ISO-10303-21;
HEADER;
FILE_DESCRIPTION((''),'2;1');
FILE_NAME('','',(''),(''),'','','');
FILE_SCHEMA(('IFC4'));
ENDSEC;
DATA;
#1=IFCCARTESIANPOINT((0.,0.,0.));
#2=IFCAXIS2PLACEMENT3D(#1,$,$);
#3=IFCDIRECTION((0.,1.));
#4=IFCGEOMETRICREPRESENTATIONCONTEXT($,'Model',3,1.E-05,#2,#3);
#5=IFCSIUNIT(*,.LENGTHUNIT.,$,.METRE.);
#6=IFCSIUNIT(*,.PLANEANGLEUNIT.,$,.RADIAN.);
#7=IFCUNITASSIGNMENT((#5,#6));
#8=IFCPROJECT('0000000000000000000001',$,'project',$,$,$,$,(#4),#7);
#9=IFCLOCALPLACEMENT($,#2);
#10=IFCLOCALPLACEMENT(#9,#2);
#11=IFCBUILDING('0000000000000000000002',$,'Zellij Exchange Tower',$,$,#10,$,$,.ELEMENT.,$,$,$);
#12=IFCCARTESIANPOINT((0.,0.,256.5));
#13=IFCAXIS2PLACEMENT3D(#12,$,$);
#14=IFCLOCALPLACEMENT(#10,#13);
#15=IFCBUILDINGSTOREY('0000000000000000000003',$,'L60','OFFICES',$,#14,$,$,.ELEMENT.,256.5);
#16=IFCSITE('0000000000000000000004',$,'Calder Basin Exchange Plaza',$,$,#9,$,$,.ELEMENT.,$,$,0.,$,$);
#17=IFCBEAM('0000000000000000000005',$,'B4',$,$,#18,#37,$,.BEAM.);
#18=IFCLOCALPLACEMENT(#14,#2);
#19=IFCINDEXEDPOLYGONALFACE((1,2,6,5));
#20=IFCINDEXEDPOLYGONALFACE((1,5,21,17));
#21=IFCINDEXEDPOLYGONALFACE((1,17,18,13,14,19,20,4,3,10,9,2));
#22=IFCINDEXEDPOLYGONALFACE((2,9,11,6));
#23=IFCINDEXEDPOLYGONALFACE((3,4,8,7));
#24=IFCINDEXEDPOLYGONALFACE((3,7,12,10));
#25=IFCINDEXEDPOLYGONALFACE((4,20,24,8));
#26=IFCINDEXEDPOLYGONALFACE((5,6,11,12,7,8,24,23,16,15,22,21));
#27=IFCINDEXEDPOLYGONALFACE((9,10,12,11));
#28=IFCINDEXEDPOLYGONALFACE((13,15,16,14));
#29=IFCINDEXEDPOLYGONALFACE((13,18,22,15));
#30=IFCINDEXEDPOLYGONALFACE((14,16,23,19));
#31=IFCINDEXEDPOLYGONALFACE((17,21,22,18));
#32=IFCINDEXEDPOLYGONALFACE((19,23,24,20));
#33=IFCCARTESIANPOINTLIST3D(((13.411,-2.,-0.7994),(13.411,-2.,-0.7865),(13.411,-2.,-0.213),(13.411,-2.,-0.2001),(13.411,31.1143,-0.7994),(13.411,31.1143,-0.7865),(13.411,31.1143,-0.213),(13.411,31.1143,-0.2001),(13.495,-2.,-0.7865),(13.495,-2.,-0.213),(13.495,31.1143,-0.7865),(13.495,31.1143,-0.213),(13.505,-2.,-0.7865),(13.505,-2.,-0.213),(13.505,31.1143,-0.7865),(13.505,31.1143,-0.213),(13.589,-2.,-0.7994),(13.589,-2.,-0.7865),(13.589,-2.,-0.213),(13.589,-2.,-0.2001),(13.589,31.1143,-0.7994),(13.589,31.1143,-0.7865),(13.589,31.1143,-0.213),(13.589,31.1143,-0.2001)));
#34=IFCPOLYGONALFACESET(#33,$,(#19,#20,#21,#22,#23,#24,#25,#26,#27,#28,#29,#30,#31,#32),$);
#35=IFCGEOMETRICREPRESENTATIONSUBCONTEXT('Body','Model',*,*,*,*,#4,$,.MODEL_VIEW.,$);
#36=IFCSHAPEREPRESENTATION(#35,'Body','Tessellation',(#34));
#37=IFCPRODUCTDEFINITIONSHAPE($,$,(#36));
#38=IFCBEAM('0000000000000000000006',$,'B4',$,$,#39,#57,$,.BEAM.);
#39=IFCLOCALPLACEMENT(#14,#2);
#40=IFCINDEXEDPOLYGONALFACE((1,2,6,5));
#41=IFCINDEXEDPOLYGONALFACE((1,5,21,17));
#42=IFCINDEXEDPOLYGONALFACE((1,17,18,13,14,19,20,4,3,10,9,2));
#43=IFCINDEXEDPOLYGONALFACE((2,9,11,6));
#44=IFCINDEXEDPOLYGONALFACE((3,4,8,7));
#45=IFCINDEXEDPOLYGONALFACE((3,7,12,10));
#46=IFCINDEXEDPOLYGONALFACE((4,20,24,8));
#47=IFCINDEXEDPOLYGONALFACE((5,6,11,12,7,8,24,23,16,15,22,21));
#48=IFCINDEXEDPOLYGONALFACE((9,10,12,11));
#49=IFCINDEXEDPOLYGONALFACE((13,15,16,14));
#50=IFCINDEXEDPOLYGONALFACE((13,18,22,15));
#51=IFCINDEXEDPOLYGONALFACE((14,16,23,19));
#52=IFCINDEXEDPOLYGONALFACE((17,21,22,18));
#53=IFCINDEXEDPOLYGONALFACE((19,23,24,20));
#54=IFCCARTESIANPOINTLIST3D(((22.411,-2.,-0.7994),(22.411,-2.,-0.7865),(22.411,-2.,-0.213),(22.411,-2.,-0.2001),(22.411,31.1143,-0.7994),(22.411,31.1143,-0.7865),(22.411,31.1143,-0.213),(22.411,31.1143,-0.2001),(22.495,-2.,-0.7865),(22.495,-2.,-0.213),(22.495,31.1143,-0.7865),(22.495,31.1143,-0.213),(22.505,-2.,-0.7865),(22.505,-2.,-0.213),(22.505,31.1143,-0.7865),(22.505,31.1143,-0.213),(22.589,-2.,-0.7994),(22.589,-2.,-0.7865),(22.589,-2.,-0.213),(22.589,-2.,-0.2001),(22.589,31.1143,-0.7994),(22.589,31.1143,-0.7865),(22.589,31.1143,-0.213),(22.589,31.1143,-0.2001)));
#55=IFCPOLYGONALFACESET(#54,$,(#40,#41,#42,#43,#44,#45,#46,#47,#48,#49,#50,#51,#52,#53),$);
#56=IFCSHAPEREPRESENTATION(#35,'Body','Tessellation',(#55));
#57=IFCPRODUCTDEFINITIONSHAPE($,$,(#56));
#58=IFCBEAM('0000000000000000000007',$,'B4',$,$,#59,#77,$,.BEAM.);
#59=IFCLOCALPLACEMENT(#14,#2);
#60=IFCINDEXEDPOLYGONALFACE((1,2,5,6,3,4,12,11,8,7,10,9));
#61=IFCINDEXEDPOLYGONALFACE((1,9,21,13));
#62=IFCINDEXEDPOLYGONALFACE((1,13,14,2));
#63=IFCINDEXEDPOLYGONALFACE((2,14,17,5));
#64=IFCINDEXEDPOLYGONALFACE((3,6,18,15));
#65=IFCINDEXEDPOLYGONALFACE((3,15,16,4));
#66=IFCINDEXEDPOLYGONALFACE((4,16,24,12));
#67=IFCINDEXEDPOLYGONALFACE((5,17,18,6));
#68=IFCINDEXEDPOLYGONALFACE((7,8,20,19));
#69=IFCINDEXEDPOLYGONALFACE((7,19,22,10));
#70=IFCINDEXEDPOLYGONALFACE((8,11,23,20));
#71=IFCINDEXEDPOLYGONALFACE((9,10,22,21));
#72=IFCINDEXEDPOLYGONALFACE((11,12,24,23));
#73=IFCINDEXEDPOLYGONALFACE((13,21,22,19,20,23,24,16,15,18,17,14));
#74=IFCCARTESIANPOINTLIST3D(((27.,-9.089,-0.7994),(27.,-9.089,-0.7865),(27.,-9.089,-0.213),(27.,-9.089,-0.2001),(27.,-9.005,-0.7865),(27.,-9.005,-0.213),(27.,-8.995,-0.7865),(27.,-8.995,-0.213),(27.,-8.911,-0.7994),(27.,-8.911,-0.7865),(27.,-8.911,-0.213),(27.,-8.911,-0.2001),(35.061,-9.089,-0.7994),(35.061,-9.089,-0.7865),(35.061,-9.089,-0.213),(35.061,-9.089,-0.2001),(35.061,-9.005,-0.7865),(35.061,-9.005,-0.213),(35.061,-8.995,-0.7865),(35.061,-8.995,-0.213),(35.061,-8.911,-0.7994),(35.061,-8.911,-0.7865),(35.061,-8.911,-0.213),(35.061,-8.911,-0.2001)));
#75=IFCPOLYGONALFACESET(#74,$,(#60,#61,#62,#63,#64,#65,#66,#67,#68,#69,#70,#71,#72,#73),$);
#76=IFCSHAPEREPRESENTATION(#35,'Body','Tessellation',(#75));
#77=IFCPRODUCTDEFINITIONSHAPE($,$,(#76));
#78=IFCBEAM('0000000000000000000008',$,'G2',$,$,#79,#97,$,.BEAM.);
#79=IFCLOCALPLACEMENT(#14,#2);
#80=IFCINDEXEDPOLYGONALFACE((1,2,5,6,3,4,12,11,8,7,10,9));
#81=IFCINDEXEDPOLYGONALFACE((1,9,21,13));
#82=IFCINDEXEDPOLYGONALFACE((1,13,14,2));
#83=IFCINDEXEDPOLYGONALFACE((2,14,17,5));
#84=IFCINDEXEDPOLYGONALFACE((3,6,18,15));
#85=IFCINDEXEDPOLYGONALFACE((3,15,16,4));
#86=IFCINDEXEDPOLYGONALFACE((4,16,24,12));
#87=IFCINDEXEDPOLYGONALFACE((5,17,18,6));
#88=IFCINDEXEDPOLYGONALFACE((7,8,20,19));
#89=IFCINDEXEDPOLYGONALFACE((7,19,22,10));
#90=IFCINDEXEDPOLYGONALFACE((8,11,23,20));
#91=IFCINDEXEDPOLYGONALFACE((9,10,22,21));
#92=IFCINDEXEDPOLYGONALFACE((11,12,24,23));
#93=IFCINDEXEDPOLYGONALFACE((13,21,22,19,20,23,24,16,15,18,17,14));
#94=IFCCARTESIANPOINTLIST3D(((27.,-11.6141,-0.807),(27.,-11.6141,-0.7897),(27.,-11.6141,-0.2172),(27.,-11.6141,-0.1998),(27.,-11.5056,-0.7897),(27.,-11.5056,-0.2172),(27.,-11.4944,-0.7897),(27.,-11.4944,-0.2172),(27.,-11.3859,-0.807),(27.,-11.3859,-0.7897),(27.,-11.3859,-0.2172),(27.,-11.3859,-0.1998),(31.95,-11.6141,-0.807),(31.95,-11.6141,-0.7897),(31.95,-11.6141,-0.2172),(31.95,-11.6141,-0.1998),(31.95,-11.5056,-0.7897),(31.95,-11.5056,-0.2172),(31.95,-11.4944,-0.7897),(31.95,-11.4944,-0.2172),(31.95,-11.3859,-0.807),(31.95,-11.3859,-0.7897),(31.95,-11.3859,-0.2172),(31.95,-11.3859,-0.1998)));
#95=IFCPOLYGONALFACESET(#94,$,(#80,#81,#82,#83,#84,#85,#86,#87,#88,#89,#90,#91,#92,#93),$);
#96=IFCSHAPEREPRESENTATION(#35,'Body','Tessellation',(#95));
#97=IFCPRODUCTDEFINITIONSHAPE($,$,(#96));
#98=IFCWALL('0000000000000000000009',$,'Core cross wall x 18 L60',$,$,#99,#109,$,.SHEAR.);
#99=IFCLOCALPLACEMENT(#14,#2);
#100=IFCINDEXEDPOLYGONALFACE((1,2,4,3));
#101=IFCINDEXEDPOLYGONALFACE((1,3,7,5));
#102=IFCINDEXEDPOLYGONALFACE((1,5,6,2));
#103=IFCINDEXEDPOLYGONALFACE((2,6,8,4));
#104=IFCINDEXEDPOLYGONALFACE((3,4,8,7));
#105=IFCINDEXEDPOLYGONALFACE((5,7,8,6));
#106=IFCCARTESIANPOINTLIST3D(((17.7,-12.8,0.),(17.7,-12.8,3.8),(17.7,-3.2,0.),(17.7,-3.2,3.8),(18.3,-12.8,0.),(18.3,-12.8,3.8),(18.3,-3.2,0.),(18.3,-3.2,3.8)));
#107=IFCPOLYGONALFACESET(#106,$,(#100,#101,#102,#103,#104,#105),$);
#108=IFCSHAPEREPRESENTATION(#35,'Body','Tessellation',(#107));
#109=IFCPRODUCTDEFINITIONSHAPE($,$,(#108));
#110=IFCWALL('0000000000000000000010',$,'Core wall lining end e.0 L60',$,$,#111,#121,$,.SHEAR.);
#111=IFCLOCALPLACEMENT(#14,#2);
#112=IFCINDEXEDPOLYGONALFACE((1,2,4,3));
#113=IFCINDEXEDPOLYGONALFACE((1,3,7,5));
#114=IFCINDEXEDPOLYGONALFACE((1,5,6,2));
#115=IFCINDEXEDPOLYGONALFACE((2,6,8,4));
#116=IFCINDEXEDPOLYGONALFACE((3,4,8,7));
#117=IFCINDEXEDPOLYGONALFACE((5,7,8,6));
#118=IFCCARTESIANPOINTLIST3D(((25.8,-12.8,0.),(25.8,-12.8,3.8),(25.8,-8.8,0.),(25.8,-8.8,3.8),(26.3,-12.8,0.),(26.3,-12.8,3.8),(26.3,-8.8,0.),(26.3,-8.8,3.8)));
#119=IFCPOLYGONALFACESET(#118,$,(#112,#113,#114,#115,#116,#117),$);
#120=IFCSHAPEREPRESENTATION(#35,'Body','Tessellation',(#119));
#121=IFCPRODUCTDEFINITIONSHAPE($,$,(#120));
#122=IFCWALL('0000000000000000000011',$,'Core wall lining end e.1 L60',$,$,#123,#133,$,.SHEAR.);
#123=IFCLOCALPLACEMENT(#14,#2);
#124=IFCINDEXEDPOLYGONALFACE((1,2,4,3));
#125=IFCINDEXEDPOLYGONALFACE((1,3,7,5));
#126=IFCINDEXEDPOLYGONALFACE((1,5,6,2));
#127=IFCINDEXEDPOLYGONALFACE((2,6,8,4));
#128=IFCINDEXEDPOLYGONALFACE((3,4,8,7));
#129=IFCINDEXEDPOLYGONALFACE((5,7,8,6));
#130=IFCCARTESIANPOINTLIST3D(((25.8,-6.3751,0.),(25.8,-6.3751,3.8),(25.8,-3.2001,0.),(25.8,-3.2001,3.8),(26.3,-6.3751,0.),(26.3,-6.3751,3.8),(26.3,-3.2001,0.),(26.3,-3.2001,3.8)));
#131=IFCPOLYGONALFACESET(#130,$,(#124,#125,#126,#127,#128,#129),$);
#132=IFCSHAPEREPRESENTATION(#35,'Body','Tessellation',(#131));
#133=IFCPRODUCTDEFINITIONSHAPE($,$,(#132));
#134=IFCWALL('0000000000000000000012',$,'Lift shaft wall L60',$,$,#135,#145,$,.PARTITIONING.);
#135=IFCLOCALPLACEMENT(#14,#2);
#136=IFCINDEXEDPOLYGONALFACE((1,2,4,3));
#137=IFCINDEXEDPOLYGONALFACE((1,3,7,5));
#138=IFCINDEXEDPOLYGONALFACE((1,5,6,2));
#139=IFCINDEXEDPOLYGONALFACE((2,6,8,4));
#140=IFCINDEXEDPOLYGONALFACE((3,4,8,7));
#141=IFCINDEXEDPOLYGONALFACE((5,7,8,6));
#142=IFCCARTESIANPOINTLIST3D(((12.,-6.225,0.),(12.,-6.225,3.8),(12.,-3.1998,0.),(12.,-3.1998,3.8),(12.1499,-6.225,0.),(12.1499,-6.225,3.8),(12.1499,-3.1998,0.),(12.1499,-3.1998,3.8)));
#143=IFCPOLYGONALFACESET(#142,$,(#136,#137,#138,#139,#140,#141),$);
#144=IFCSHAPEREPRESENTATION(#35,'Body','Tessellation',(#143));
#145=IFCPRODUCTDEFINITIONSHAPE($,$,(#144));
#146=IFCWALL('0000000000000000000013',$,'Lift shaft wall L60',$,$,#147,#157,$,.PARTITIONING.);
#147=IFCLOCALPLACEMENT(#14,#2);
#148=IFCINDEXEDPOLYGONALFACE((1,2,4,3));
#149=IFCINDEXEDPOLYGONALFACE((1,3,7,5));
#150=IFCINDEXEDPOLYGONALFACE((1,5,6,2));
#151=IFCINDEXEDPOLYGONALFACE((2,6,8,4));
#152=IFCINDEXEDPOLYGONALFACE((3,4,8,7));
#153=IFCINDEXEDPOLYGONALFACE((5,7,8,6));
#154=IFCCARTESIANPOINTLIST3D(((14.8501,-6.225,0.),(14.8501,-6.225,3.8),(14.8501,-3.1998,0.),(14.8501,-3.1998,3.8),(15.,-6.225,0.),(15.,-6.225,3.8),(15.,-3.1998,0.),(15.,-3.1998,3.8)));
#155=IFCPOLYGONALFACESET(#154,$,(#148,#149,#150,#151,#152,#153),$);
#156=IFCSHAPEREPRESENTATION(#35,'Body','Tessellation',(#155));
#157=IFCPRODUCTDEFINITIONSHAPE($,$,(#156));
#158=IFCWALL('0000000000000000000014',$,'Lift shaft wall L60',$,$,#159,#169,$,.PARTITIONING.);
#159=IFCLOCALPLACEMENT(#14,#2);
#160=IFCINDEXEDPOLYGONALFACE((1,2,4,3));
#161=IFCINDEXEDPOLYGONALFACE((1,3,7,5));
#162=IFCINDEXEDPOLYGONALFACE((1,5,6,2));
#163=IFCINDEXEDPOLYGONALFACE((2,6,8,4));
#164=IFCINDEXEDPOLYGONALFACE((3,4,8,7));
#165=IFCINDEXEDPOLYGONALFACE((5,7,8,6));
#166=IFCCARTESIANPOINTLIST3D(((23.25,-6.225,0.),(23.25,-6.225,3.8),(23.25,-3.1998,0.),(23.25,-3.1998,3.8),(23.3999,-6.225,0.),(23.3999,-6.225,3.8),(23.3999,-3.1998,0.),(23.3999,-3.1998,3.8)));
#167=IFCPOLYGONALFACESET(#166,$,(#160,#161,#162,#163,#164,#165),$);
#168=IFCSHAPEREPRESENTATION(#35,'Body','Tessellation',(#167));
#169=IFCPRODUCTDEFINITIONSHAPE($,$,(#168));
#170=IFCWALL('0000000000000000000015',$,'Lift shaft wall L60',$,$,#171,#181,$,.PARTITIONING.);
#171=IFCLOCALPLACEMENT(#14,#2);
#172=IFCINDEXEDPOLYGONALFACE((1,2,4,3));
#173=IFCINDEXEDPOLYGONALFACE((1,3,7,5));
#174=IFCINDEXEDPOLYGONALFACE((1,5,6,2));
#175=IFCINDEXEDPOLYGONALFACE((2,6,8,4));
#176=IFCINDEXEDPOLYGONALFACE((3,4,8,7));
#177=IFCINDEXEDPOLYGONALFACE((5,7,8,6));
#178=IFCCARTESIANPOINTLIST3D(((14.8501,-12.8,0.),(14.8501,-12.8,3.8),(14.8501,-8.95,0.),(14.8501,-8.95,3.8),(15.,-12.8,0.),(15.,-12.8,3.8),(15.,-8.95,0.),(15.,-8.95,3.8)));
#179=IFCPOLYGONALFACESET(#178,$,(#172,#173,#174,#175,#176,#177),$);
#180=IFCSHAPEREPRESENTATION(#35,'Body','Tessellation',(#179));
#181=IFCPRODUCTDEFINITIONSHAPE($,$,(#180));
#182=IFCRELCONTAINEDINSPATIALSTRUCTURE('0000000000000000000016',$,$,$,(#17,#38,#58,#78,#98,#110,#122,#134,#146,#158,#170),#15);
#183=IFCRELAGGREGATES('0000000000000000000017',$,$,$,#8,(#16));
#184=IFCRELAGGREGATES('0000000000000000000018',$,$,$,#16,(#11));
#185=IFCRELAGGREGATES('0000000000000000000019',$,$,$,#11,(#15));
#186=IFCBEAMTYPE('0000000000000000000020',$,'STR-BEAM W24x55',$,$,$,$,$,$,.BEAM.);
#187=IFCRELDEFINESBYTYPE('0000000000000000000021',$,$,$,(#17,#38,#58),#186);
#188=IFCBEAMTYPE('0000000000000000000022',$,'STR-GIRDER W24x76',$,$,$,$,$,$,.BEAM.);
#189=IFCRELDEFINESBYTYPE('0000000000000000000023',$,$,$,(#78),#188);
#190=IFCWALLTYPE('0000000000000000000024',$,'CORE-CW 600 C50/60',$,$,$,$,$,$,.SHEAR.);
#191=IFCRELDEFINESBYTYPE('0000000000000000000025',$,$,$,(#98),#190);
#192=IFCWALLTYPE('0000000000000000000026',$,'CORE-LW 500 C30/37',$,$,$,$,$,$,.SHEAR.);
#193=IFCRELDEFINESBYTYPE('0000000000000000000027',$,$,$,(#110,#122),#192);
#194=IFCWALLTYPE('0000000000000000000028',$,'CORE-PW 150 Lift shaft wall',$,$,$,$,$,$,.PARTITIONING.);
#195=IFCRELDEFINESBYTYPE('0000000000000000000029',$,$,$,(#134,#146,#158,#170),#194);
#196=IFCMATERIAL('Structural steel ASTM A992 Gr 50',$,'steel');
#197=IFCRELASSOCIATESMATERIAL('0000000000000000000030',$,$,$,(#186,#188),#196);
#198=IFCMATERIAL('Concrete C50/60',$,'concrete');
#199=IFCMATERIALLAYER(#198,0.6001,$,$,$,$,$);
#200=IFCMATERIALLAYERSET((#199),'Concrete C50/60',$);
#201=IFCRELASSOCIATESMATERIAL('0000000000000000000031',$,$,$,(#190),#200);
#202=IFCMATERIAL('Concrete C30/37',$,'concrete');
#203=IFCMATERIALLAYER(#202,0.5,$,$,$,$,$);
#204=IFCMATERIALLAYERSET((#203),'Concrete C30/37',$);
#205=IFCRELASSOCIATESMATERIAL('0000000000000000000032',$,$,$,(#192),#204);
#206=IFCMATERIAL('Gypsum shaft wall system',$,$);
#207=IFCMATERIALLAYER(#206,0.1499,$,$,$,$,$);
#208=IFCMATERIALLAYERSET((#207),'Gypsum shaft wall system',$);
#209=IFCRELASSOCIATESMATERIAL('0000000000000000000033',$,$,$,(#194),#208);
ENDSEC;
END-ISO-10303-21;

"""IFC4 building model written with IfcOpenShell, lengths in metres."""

from ifc_helpers import new_model, si_unit, direction, frame, frame_2d, origin, origin_2d, place, context, subcontext, project, spatial, rectangle, i_section, extrude, material, layer, layer_set, material_profile, profile_set, type_object, element, save


model = new_model("IFC4")

# Units and contexts
model_context = context("Model", 3, precision=1e-05, world=origin(), true_north=direction((0.0, 1.0)))
body_context = subcontext(model_context, "Body", "Model", "MODEL_VIEW")
ifc_project = project(units=[si_unit("LENGTHUNIT", "METRE"), si_unit("PLANEANGLEUNIT", "RADIAN")], contexts=[model_context])

# Site, building, storey
site_placement = place(None, origin())
site = spatial("IfcSite", under=ifc_project, at=site_placement, Name="Calder Basin Exchange Plaza", CompositionType="ELEMENT", RefElevation=0.0)
building_placement = place(site_placement, origin())
building = spatial("IfcBuilding", under=site, at=building_placement, Name="Zellij Exchange Tower", CompositionType="ELEMENT")
storey_placement = place(building_placement, frame((0.0, 0.0, 256.5)))
storey = spatial("IfcBuildingStorey", under=building, at=storey_placement, Name="L60", Description="OFFICES", CompositionType="ELEMENT", Elevation=256.5)

# Beams
ifc_material_1 = material(Name="Structural steel ASTM A992 Gr 50", Category="steel")
ifc_material_profile_1 = material_profile(ifc_material_1, i_section(OverallWidth=0.178, OverallDepth=0.5994, WebThickness=0.01, FlangeThickness=0.0129, at=origin_2d()), Name="W24x55")
ifc_profile_set_1 = profile_set([ifc_material_profile_1], Name="Structural steel ASTM A992 Gr 50")
beam_type_1 = type_object("IfcBeamType", Name="STR-BEAM W24x55", PredefinedType="BEAM", material=ifc_profile_set_1)
for number, where, z_axis, x_axis, name in (
    (1, (13.5, -2.0, -0.4998), (0.0, 1.0, 0.0), (-1.0, 0.0, 0.0), "B4"),
    (2, (22.5, -2.0, -0.4998), (0.0, 1.0, 0.0), (-1.0, 0.0, 0.0), "B4"),
):
    element("IfcBeam", number, at=place(storey_placement, frame(where, z_axis=z_axis, x_axis=x_axis)), inside=storey, type_object=beam_type_1, Name=name, PredefinedType="BEAM", context=body_context, shape_type="SweptSolid", body=[
        extrude(i_section(OverallWidth=0.178, OverallDepth=0.5994, WebThickness=0.01, FlangeThickness=0.0129, at=origin_2d()), origin(), (0.0, 0.0, 1.0), 33.1143),
    ])
beam_1_placement = place(storey_placement, frame((27.0, -9.0, -0.4998), z_axis=(1.0, 0.0, 0.0), x_axis=(0.0, 1.0, 0.0)))
element("IfcBeam", 3, at=beam_1_placement, inside=storey, type_object=beam_type_1, Name="B4", PredefinedType="BEAM", context=body_context, shape_type="SweptSolid", body=[
    extrude(i_section(OverallWidth=0.178, OverallDepth=0.5994, WebThickness=0.01, FlangeThickness=0.0129, at=origin_2d()), origin(), (0.0, 0.0, 1.0), 8.061),
])
ifc_material_profile_2 = material_profile(ifc_material_1, i_section(OverallWidth=0.2283, OverallDepth=0.6072, WebThickness=0.0112, FlangeThickness=0.0173, at=origin_2d()), Name="W24x76")
ifc_profile_set_2 = profile_set([ifc_material_profile_2], Name="Structural steel ASTM A992 Gr 50")
beam_type_2 = type_object("IfcBeamType", Name="STR-GIRDER W24x76", PredefinedType="BEAM", material=ifc_profile_set_2)
beam_2_placement = place(storey_placement, frame((27.0, -11.5, -0.5034), z_axis=(1.0, 0.0, 0.0), x_axis=(0.0, 1.0, 0.0)))
element("IfcBeam", 4, at=beam_2_placement, inside=storey, type_object=beam_type_2, Name="G2", PredefinedType="BEAM", context=body_context, shape_type="SweptSolid", body=[
    extrude(i_section(OverallWidth=0.2283, OverallDepth=0.6072, WebThickness=0.0112, FlangeThickness=0.0173, at=origin_2d()), origin(), (0.0, 0.0, 1.0), 4.95),
])

# Walls
ifc_material_2 = material(Name="Concrete C50/60", Category="concrete")
ifc_layer_1 = layer(ifc_material_2, 0.6001)
ifc_layer_set_1 = layer_set([ifc_layer_1], Name="Concrete C50/60")
wall_type_1 = type_object("IfcWallType", Name="CORE-CW 600 C50/60", PredefinedType="SHEAR", material=ifc_layer_set_1)
wall_1_placement = place(storey_placement, frame((18.0, -12.8, 0.0), z_axis=(0.0, 0.0, 1.0), x_axis=(0.0, 1.0, 0.0)))
element("IfcWall", 5, at=wall_1_placement, inside=storey, type_object=wall_type_1, Name="Core cross wall x 18 L60", PredefinedType="SHEAR", context=body_context, shape_type="SweptSolid", body=[
    extrude(rectangle(XDim=9.6001, YDim=0.6001, at=frame_2d((4.8, 0.0))), origin(), (0.0, 0.0, 1.0), 3.8),
])
ifc_material_3 = material(Name="Concrete C30/37", Category="concrete")
ifc_layer_2 = layer(ifc_material_3, 0.5)
ifc_layer_set_2 = layer_set([ifc_layer_2], Name="Concrete C30/37")
wall_type_2 = type_object("IfcWallType", Name="CORE-LW 500 C30/37", PredefinedType="SHEAR", material=ifc_layer_set_2)
wall_2_placement = place(storey_placement, frame((26.05, -12.8, 0.0), z_axis=(0.0, 0.0, 1.0), x_axis=(0.0, 1.0, 0.0)))
element("IfcWall", 6, at=wall_2_placement, inside=storey, type_object=wall_type_2, Name="Core wall lining end e.0 L60", PredefinedType="SHEAR", context=body_context, shape_type="SweptSolid", body=[
    extrude(rectangle(XDim=4.0, YDim=0.5, at=frame_2d((2.0, 0.0))), origin(), (0.0, 0.0, 1.0), 3.8),
])
wall_3_placement = place(storey_placement, frame((26.05, -6.375, 0.0), z_axis=(0.0, 0.0, 1.0), x_axis=(0.0, 1.0, 0.0)))
element("IfcWall", 7, at=wall_3_placement, inside=storey, type_object=wall_type_2, Name="Core wall lining end e.1 L60", PredefinedType="SHEAR", context=body_context, shape_type="SweptSolid", body=[
    extrude(rectangle(XDim=3.175, YDim=0.5, at=frame_2d((1.5874, 0.0))), origin(), (0.0, 0.0, 1.0), 3.8),
])
ifc_material_4 = material(Name="Gypsum shaft wall system")
ifc_layer_3 = layer(ifc_material_4, 0.1499)
ifc_layer_set_3 = layer_set([ifc_layer_3], Name="Gypsum shaft wall system")
wall_type_3 = type_object("IfcWallType", Name="CORE-PW 150 Lift shaft wall", PredefinedType="PARTITIONING", material=ifc_layer_set_3)
for number, where, z_axis, x_axis, name in (
    (8, (12.075, -6.2251, 0.0), (0.0, 0.0, 1.0), (0.0, 1.0, 0.0), "Lift shaft wall L60"),
    (9, (14.925, -6.2251, 0.0), (0.0, 0.0, 1.0), (0.0, 1.0, 0.0), "Lift shaft wall L60"),
    (10, (23.325, -6.2251, 0.0), (0.0, 0.0, 1.0), (0.0, 1.0, 0.0), "Lift shaft wall L60"),
):
    element("IfcWall", number, at=place(storey_placement, frame(where, z_axis=z_axis, x_axis=x_axis)), inside=storey, type_object=wall_type_3, Name=name, PredefinedType="PARTITIONING", context=body_context, shape_type="SweptSolid", body=[
        extrude(rectangle(XDim=3.0251, YDim=0.1499, at=frame_2d((1.5127, 0.0))), origin(), (0.0, 0.0, 1.0), 3.8),
    ])
wall_4_placement = place(storey_placement, frame((14.925, -12.8, 0.0), z_axis=(0.0, 0.0, 1.0), x_axis=(0.0, 1.0, 0.0)))
element("IfcWall", 11, at=wall_4_placement, inside=storey, type_object=wall_type_3, Name="Lift shaft wall L60", PredefinedType="PARTITIONING", context=body_context, shape_type="SweptSolid", body=[
    extrude(rectangle(XDim=3.8501, YDim=0.1499, at=frame_2d((1.925, 0.0))), origin(), (0.0, 0.0, 1.0), 3.8),
])

save(model, "model.ifc")
